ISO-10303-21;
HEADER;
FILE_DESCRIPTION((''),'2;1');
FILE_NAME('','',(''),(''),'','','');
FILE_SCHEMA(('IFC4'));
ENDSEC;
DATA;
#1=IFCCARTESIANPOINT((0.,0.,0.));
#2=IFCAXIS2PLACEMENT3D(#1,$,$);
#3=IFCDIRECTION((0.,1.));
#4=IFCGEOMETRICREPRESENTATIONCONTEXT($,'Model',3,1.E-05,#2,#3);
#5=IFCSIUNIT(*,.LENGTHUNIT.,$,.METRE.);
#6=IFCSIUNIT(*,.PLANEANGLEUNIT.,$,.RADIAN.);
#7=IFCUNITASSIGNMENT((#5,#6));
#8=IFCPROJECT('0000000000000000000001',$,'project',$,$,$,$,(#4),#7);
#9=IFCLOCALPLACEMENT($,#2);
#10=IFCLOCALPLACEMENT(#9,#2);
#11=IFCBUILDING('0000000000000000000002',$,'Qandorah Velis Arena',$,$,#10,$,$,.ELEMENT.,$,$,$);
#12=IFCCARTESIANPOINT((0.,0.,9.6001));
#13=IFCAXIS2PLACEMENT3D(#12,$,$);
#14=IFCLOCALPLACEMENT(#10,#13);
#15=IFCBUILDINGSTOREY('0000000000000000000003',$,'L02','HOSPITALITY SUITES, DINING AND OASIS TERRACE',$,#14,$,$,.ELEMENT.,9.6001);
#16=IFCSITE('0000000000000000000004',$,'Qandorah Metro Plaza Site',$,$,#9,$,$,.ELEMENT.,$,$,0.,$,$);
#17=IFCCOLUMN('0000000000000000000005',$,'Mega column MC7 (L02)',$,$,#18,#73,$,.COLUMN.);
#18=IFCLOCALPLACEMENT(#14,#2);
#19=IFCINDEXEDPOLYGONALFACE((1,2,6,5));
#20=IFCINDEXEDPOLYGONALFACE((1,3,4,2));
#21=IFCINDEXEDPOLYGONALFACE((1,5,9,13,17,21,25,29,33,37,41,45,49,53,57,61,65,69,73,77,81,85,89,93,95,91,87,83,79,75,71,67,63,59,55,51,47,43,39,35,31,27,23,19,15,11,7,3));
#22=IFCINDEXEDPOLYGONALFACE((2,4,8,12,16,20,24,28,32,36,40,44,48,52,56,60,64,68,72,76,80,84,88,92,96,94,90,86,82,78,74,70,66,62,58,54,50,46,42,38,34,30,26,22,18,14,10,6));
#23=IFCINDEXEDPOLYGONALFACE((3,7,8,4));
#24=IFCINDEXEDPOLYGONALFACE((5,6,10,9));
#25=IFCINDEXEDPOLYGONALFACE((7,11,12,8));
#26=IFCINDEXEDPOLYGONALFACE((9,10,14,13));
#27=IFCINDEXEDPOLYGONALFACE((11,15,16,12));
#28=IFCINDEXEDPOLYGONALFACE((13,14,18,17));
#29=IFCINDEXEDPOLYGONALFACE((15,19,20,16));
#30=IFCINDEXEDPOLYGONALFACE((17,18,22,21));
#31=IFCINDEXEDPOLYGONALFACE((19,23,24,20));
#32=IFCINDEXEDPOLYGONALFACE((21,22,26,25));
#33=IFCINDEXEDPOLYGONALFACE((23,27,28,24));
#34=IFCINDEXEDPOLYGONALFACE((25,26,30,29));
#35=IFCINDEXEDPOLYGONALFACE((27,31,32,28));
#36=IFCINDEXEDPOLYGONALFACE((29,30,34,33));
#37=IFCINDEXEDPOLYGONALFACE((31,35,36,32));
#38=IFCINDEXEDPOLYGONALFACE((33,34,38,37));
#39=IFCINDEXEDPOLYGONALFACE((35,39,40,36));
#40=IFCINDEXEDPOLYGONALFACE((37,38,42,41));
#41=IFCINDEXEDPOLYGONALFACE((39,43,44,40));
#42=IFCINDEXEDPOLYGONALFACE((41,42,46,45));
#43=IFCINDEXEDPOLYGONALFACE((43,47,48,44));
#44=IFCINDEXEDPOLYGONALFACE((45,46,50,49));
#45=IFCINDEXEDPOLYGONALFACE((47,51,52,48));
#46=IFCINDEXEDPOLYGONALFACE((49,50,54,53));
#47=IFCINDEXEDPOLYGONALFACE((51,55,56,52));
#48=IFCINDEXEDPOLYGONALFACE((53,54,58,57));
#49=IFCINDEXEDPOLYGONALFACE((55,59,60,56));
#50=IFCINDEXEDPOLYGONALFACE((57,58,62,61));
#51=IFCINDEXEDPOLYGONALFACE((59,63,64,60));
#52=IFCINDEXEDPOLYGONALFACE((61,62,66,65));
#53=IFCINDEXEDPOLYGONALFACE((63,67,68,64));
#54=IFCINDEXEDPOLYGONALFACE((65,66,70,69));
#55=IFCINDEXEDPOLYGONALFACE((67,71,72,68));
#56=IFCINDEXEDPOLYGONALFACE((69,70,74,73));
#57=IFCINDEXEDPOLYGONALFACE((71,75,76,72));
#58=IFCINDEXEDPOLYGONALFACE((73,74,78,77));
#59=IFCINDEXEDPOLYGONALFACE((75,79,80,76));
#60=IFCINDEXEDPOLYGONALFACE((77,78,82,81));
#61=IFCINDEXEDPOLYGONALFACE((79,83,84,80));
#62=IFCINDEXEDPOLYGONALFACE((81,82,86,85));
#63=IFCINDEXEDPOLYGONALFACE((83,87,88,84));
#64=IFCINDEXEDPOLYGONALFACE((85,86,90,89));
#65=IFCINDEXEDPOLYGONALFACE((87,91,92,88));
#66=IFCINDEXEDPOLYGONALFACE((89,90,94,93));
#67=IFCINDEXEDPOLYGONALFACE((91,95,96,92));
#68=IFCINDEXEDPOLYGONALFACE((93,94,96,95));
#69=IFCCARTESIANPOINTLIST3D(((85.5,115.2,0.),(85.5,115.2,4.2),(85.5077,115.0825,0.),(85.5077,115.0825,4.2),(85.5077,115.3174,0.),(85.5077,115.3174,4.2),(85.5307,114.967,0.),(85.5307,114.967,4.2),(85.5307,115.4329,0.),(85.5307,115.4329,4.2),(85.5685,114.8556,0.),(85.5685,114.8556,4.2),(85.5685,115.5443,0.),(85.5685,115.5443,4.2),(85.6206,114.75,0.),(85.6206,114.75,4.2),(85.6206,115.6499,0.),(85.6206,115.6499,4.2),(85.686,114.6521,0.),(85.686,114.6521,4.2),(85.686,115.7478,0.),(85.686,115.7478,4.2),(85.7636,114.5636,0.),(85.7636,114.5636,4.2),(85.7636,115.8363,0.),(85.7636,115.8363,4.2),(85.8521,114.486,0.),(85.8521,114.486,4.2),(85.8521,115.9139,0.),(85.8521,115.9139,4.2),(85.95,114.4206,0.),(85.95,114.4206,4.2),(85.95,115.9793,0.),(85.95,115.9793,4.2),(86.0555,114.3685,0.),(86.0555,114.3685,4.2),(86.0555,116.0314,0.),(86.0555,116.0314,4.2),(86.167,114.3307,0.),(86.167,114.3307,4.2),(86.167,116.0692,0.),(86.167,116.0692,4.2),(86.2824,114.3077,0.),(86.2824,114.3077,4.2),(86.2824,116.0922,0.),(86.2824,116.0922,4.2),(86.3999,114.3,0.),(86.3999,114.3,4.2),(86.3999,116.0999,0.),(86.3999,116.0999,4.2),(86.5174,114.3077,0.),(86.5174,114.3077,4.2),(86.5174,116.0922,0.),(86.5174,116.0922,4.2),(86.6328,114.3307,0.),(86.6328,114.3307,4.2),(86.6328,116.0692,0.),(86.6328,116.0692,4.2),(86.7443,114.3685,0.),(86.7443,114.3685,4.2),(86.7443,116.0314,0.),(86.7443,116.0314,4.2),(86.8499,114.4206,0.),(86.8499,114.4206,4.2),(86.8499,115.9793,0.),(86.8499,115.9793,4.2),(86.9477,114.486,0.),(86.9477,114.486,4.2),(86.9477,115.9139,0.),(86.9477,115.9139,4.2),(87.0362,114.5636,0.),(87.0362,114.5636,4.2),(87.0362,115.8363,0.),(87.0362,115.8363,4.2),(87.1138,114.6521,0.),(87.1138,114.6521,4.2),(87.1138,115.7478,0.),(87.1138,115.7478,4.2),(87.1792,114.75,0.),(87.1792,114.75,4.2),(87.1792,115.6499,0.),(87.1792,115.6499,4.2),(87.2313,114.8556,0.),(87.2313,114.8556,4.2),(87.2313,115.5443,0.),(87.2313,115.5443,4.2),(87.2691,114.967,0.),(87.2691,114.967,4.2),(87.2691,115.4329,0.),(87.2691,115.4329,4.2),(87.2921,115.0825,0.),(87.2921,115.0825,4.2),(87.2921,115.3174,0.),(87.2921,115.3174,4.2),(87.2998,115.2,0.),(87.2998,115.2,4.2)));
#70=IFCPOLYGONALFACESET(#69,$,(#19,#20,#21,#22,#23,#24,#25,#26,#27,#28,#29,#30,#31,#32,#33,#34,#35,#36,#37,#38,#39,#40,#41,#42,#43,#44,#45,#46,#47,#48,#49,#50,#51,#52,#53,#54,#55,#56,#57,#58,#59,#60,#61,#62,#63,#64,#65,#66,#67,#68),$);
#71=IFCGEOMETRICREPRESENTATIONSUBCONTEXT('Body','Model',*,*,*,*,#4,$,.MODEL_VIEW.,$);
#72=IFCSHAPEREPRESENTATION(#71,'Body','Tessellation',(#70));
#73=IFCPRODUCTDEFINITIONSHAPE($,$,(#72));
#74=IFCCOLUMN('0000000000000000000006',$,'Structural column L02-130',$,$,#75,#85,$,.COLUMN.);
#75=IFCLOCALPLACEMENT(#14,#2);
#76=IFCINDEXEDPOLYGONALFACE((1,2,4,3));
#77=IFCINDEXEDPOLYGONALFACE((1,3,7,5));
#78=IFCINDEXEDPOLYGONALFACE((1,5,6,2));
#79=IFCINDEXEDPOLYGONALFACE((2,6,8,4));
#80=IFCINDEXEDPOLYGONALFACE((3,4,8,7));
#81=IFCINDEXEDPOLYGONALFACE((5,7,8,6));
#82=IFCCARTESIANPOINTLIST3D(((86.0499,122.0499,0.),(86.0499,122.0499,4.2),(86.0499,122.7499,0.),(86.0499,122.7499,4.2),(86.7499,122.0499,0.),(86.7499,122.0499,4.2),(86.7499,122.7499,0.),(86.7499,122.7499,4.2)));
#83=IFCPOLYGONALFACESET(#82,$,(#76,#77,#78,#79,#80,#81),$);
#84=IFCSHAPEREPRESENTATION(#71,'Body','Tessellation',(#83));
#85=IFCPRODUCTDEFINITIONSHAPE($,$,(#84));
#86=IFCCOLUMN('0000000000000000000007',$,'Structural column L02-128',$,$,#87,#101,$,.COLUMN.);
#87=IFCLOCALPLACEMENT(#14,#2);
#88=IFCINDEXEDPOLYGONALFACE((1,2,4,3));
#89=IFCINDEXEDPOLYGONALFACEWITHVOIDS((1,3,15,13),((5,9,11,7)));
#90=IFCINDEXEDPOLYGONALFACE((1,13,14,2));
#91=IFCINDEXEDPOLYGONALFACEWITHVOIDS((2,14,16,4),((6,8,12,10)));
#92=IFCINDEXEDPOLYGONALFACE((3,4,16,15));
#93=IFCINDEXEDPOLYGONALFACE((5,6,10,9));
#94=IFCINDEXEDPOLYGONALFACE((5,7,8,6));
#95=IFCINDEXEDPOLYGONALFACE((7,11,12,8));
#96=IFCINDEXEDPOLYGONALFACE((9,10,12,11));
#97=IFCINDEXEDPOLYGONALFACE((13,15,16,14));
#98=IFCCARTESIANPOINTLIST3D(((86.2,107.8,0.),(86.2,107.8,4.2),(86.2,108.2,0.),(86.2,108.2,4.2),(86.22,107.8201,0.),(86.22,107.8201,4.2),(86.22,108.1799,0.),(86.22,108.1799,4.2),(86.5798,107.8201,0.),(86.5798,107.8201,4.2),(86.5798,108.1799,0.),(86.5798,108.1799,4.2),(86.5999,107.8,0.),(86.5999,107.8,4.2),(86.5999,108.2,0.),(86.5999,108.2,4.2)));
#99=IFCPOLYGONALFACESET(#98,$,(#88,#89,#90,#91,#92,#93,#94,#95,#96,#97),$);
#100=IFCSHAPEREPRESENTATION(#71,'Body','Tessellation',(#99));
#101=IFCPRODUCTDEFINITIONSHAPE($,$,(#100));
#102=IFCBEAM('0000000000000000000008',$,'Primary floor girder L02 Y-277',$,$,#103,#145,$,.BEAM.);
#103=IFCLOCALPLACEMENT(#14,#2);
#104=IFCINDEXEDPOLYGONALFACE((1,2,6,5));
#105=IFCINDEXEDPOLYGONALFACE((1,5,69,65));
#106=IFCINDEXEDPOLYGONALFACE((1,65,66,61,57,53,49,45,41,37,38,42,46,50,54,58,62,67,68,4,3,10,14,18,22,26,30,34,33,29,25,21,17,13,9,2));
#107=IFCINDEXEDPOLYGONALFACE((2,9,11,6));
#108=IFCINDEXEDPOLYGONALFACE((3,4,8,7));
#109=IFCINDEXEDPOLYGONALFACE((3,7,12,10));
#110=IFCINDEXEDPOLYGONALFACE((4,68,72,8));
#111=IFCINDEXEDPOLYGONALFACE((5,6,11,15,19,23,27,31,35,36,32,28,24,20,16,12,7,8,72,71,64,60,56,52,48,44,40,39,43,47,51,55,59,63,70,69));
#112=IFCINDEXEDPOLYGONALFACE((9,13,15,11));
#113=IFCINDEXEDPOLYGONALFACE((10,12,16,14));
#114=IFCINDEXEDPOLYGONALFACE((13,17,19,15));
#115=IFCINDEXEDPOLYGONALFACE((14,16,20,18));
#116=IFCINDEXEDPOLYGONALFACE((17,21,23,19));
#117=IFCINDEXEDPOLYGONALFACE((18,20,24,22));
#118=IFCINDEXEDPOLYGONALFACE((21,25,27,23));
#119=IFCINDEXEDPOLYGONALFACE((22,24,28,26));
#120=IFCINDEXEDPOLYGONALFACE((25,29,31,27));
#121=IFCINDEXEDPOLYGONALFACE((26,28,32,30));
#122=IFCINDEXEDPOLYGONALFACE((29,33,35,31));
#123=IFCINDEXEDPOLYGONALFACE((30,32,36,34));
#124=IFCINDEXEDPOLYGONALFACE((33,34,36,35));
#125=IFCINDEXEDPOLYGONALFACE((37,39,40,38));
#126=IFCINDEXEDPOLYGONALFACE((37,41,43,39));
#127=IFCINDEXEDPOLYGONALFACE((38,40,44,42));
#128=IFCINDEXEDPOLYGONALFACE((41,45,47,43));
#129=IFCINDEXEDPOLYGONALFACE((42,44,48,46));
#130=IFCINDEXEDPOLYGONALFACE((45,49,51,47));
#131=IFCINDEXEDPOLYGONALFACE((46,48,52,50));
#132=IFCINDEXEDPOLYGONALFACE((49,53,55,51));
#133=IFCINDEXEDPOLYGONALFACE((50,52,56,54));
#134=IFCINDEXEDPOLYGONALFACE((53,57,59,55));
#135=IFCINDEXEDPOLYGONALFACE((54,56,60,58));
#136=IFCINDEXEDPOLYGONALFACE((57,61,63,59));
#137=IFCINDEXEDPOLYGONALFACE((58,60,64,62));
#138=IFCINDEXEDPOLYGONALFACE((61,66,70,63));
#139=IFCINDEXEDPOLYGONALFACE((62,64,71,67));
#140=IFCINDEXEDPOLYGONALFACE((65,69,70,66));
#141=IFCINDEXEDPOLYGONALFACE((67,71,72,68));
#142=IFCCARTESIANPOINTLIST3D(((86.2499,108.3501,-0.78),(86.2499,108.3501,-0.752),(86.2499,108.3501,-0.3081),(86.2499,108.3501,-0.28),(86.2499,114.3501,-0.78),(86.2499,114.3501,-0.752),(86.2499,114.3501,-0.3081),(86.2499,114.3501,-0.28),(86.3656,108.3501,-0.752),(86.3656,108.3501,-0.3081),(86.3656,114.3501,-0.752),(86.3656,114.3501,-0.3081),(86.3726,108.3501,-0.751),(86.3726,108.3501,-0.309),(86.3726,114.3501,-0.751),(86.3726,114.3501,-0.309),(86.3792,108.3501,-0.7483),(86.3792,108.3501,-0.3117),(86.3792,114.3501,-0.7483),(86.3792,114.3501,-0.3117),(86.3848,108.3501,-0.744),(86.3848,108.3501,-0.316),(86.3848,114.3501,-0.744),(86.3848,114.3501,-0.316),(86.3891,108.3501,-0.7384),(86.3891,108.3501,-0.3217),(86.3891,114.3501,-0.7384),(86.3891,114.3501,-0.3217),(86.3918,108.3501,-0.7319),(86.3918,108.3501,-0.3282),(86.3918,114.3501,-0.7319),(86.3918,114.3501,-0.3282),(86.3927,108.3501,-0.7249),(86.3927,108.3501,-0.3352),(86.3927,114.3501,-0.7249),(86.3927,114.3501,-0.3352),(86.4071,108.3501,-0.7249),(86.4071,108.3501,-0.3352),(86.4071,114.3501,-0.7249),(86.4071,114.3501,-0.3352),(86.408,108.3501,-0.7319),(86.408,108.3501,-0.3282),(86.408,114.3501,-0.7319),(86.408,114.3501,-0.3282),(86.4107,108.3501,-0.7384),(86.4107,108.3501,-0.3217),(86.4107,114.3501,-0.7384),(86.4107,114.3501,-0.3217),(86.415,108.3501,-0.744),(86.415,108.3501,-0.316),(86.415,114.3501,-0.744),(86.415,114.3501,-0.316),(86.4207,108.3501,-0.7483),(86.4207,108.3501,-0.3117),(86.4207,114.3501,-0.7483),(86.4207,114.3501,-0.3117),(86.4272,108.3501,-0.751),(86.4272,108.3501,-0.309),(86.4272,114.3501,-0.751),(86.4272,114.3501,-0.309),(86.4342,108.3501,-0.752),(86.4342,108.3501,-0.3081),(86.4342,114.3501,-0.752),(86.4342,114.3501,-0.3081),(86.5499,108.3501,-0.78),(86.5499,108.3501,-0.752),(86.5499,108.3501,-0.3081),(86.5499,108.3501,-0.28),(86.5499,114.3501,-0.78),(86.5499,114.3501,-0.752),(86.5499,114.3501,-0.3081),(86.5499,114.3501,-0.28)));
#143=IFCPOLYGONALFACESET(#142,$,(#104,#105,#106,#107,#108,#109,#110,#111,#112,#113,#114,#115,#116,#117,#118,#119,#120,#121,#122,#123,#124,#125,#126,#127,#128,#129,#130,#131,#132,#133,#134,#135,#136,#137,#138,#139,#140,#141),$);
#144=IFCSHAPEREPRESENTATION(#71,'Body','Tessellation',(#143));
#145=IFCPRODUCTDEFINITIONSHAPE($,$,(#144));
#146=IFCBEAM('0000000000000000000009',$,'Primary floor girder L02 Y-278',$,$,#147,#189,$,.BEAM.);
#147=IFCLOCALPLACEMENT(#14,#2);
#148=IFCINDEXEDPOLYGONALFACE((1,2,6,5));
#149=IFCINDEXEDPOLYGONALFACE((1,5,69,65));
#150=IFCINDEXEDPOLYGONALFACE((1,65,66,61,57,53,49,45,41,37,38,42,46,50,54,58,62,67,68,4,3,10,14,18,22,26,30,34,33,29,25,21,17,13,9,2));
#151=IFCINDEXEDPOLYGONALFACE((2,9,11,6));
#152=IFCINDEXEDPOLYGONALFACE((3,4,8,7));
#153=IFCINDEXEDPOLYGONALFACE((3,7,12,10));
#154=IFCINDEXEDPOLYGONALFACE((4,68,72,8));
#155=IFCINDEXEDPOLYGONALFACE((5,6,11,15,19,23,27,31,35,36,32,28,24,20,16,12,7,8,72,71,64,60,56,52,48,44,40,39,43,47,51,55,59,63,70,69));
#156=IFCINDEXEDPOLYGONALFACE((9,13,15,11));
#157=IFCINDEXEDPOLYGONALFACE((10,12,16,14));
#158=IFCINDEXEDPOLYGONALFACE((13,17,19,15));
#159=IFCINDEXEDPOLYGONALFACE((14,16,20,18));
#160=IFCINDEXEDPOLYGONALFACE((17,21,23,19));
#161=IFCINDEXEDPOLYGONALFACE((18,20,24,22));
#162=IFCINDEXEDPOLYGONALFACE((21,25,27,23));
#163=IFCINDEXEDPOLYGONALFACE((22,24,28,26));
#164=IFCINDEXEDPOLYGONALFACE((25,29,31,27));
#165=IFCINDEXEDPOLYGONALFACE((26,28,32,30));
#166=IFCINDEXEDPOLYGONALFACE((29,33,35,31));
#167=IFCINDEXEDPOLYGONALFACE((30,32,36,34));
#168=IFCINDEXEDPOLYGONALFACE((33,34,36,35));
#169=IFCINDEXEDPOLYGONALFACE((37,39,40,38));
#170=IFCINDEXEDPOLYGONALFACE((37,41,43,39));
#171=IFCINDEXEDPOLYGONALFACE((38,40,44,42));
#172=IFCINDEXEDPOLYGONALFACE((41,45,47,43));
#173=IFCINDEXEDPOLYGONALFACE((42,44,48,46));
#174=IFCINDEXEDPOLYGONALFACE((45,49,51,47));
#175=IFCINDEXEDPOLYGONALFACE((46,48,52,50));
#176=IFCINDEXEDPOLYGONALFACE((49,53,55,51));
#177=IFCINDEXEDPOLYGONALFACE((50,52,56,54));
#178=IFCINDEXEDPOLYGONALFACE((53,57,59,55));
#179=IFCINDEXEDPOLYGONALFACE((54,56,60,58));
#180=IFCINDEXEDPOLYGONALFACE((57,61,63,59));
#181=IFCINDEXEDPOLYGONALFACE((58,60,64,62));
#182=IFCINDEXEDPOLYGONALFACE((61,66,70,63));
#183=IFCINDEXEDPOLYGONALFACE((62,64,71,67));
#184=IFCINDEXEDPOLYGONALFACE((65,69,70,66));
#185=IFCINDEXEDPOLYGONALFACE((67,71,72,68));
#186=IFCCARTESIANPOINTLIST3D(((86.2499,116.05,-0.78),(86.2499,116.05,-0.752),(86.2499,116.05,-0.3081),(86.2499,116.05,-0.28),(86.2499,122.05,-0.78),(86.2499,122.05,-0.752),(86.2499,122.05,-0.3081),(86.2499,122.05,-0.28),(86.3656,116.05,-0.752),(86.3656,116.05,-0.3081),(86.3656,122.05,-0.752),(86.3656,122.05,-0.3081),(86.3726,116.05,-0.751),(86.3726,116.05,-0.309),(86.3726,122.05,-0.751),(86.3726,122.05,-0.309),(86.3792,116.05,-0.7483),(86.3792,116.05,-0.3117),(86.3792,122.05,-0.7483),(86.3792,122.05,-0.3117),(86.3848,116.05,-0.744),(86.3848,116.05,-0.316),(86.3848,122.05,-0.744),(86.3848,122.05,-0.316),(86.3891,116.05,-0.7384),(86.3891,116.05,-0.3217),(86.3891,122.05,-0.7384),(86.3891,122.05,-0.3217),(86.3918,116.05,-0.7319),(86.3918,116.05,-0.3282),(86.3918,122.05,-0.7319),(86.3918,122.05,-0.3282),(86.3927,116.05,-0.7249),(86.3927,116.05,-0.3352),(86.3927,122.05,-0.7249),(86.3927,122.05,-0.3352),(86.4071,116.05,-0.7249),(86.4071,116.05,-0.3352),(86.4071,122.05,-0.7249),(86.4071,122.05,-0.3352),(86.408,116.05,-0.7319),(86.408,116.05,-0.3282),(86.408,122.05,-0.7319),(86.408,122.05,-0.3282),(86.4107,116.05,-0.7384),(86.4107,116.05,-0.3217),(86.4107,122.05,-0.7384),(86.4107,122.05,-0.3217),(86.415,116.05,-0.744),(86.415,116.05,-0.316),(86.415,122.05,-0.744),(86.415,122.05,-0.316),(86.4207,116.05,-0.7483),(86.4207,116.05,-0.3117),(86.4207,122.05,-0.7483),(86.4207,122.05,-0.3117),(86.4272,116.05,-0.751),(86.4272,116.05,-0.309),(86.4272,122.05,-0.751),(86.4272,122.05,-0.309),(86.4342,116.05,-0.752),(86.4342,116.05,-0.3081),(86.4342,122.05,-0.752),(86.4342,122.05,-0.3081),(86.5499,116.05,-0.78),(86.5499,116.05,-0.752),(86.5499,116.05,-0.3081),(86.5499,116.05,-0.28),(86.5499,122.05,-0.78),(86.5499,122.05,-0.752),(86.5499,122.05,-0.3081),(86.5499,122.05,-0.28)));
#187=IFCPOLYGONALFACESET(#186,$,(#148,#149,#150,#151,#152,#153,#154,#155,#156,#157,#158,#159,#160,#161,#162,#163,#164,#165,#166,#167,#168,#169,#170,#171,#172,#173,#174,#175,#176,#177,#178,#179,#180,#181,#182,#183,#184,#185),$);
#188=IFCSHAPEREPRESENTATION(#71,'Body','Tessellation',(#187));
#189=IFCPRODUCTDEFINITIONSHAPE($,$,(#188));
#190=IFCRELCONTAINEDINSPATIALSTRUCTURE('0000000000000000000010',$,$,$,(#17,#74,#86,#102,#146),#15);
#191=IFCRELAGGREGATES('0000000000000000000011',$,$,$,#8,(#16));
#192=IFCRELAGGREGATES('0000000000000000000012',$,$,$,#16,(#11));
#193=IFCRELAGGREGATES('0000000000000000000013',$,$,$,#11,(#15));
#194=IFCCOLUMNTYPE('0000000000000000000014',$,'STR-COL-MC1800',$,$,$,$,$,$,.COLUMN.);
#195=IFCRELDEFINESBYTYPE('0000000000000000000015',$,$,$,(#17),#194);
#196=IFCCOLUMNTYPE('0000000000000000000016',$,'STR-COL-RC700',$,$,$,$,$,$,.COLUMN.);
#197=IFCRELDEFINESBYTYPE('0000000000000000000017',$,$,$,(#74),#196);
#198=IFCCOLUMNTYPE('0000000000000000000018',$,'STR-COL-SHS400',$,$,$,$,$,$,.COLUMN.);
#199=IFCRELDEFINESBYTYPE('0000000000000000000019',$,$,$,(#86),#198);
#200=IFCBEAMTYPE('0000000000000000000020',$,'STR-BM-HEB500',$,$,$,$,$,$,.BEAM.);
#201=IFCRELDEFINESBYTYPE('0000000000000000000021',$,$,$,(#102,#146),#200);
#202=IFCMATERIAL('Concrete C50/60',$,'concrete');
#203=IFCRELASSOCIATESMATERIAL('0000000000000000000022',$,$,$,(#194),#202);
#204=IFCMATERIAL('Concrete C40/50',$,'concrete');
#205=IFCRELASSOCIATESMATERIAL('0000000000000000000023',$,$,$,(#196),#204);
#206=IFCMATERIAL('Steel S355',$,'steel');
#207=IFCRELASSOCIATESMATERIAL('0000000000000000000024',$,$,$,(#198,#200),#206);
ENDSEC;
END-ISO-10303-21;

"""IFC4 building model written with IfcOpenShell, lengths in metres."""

from ifc_helpers import new_model, si_unit, direction, frame, origin, origin_2d, place, context, subcontext, project, spatial, rectangle, hollow_rectangle, circle, i_section, extrude, material, material_profile, profile_set, type_object, element, save


model = new_model("IFC4")

# Units and contexts
model_context = context("Model", 3, precision=1e-05, world=origin(), true_north=direction((0.0, 1.0)))
body_context = subcontext(model_context, "Body", "Model", "MODEL_VIEW")
ifc_project = project(units=[si_unit("LENGTHUNIT", "METRE"), si_unit("PLANEANGLEUNIT", "RADIAN")], contexts=[model_context])

# Site, building, storey
site_placement = place(None, origin())
site = spatial("IfcSite", under=ifc_project, at=site_placement, Name="Qandorah Metro Plaza Site", CompositionType="ELEMENT", RefElevation=0.0)
building_placement = place(site_placement, origin())
building = spatial("IfcBuilding", under=site, at=building_placement, Name="Qandorah Velis Arena", CompositionType="ELEMENT")
storey_placement = place(building_placement, frame((0.0, 0.0, 9.6001)))
storey = spatial("IfcBuildingStorey", under=building, at=storey_placement, Name="L02", Description="HOSPITALITY SUITES, DINING AND OASIS TERRACE", CompositionType="ELEMENT", Elevation=9.6001)

# Columns
ifc_material_1 = material(Name="Concrete C50/60", Category="concrete")
ifc_material_profile_1 = material_profile(ifc_material_1, circle(Radius=0.8999, at=origin_2d()), Name="MC D1800")
ifc_profile_set_1 = profile_set([ifc_material_profile_1], Name="Concrete C50/60")
column_type_1 = type_object("IfcColumnType", Name="STR-COL-MC1800", PredefinedType="COLUMN", material=ifc_profile_set_1)
column_1_placement = place(storey_placement, frame((86.3999, 115.2, 0.0), z_axis=(0.0, 0.0, 1.0), x_axis=(1.0, 0.0, 0.0)))
element("IfcColumn", 1, at=column_1_placement, inside=storey, type_object=column_type_1, Name="Mega column MC7 (L02)", PredefinedType="COLUMN", context=body_context, shape_type="SweptSolid", body=[
    extrude(circle(Radius=0.8999, at=origin_2d()), origin(), (0.0, 0.0, 1.0), 4.2),
])
ifc_material_2 = material(Name="Concrete C40/50", Category="concrete")
ifc_material_profile_2 = material_profile(ifc_material_2, rectangle(XDim=0.7, YDim=0.7, at=origin_2d()), Name="RC COL 700x700")
ifc_profile_set_2 = profile_set([ifc_material_profile_2], Name="Concrete C40/50")
column_type_2 = type_object("IfcColumnType", Name="STR-COL-RC700", PredefinedType="COLUMN", material=ifc_profile_set_2)
column_2_placement = place(storey_placement, frame((86.3999, 122.3999, 0.0), z_axis=(0.0, 0.0, 1.0), x_axis=(1.0, 0.0, 0.0)))
element("IfcColumn", 2, at=column_2_placement, inside=storey, type_object=column_type_2, Name="Structural column L02-130", PredefinedType="COLUMN", context=body_context, shape_type="SweptSolid", body=[
    extrude(rectangle(XDim=0.7, YDim=0.7, at=origin_2d()), origin(), (0.0, 0.0, 1.0), 4.2),
])
ifc_material_3 = material(Name="Steel S355", Category="steel")
ifc_material_profile_3 = material_profile(ifc_material_3, hollow_rectangle(XDim=0.3999, YDim=0.3999, WallThickness=0.02, at=origin_2d()), Name="SHS 400x400x20")
ifc_profile_set_3 = profile_set([ifc_material_profile_3], Name="Steel S355")
column_type_3 = type_object("IfcColumnType", Name="STR-COL-SHS400", PredefinedType="COLUMN", material=ifc_profile_set_3)
column_3_placement = place(storey_placement, frame((86.3999, 108.0, 0.0), z_axis=(0.0, 0.0, 1.0), x_axis=(1.0, 0.0, 0.0)))
element("IfcColumn", 3, at=column_3_placement, inside=storey, type_object=column_type_3, Name="Structural column L02-128", PredefinedType="COLUMN", context=body_context, shape_type="SweptSolid", body=[
    extrude(hollow_rectangle(XDim=0.3999, YDim=0.3999, WallThickness=0.02, at=origin_2d()), origin(), (0.0, 0.0, 1.0), 4.2),
])

# Beams
ifc_material_profile_4 = material_profile(ifc_material_3, i_section(OverallWidth=0.3, OverallDepth=0.5, WebThickness=0.0144, FlangeThickness=0.0281, FilletRadius=0.0271, at=origin_2d()), Name="HEB 500")
ifc_profile_set_4 = profile_set([ifc_material_profile_4], Name="Steel S355")
beam_type_1 = type_object("IfcBeamType", Name="STR-BM-HEB500", PredefinedType="BEAM", material=ifc_profile_set_4)
for number, where, z_axis, x_axis, name in (
    (4, (86.3999, 108.3501, -0.53), (0.0, 1.0, 0.0), (-1.0, 0.0, 0.0), "Primary floor girder L02 Y-277"),
    (5, (86.3999, 116.05, -0.53), (0.0, 1.0, 0.0), (-1.0, 0.0, 0.0), "Primary floor girder L02 Y-278"),
):
    element("IfcBeam", number, at=place(storey_placement, frame(where, z_axis=z_axis, x_axis=x_axis)), inside=storey, type_object=beam_type_1, Name=name, PredefinedType="BEAM", context=body_context, shape_type="SweptSolid", body=[
        extrude(i_section(OverallWidth=0.3, OverallDepth=0.5, WebThickness=0.0144, FlangeThickness=0.0281, FilletRadius=0.0271, at=origin_2d()), origin(), (0.0, 0.0, 1.0), 6.0),
    ])

save(model, "model.ifc")
